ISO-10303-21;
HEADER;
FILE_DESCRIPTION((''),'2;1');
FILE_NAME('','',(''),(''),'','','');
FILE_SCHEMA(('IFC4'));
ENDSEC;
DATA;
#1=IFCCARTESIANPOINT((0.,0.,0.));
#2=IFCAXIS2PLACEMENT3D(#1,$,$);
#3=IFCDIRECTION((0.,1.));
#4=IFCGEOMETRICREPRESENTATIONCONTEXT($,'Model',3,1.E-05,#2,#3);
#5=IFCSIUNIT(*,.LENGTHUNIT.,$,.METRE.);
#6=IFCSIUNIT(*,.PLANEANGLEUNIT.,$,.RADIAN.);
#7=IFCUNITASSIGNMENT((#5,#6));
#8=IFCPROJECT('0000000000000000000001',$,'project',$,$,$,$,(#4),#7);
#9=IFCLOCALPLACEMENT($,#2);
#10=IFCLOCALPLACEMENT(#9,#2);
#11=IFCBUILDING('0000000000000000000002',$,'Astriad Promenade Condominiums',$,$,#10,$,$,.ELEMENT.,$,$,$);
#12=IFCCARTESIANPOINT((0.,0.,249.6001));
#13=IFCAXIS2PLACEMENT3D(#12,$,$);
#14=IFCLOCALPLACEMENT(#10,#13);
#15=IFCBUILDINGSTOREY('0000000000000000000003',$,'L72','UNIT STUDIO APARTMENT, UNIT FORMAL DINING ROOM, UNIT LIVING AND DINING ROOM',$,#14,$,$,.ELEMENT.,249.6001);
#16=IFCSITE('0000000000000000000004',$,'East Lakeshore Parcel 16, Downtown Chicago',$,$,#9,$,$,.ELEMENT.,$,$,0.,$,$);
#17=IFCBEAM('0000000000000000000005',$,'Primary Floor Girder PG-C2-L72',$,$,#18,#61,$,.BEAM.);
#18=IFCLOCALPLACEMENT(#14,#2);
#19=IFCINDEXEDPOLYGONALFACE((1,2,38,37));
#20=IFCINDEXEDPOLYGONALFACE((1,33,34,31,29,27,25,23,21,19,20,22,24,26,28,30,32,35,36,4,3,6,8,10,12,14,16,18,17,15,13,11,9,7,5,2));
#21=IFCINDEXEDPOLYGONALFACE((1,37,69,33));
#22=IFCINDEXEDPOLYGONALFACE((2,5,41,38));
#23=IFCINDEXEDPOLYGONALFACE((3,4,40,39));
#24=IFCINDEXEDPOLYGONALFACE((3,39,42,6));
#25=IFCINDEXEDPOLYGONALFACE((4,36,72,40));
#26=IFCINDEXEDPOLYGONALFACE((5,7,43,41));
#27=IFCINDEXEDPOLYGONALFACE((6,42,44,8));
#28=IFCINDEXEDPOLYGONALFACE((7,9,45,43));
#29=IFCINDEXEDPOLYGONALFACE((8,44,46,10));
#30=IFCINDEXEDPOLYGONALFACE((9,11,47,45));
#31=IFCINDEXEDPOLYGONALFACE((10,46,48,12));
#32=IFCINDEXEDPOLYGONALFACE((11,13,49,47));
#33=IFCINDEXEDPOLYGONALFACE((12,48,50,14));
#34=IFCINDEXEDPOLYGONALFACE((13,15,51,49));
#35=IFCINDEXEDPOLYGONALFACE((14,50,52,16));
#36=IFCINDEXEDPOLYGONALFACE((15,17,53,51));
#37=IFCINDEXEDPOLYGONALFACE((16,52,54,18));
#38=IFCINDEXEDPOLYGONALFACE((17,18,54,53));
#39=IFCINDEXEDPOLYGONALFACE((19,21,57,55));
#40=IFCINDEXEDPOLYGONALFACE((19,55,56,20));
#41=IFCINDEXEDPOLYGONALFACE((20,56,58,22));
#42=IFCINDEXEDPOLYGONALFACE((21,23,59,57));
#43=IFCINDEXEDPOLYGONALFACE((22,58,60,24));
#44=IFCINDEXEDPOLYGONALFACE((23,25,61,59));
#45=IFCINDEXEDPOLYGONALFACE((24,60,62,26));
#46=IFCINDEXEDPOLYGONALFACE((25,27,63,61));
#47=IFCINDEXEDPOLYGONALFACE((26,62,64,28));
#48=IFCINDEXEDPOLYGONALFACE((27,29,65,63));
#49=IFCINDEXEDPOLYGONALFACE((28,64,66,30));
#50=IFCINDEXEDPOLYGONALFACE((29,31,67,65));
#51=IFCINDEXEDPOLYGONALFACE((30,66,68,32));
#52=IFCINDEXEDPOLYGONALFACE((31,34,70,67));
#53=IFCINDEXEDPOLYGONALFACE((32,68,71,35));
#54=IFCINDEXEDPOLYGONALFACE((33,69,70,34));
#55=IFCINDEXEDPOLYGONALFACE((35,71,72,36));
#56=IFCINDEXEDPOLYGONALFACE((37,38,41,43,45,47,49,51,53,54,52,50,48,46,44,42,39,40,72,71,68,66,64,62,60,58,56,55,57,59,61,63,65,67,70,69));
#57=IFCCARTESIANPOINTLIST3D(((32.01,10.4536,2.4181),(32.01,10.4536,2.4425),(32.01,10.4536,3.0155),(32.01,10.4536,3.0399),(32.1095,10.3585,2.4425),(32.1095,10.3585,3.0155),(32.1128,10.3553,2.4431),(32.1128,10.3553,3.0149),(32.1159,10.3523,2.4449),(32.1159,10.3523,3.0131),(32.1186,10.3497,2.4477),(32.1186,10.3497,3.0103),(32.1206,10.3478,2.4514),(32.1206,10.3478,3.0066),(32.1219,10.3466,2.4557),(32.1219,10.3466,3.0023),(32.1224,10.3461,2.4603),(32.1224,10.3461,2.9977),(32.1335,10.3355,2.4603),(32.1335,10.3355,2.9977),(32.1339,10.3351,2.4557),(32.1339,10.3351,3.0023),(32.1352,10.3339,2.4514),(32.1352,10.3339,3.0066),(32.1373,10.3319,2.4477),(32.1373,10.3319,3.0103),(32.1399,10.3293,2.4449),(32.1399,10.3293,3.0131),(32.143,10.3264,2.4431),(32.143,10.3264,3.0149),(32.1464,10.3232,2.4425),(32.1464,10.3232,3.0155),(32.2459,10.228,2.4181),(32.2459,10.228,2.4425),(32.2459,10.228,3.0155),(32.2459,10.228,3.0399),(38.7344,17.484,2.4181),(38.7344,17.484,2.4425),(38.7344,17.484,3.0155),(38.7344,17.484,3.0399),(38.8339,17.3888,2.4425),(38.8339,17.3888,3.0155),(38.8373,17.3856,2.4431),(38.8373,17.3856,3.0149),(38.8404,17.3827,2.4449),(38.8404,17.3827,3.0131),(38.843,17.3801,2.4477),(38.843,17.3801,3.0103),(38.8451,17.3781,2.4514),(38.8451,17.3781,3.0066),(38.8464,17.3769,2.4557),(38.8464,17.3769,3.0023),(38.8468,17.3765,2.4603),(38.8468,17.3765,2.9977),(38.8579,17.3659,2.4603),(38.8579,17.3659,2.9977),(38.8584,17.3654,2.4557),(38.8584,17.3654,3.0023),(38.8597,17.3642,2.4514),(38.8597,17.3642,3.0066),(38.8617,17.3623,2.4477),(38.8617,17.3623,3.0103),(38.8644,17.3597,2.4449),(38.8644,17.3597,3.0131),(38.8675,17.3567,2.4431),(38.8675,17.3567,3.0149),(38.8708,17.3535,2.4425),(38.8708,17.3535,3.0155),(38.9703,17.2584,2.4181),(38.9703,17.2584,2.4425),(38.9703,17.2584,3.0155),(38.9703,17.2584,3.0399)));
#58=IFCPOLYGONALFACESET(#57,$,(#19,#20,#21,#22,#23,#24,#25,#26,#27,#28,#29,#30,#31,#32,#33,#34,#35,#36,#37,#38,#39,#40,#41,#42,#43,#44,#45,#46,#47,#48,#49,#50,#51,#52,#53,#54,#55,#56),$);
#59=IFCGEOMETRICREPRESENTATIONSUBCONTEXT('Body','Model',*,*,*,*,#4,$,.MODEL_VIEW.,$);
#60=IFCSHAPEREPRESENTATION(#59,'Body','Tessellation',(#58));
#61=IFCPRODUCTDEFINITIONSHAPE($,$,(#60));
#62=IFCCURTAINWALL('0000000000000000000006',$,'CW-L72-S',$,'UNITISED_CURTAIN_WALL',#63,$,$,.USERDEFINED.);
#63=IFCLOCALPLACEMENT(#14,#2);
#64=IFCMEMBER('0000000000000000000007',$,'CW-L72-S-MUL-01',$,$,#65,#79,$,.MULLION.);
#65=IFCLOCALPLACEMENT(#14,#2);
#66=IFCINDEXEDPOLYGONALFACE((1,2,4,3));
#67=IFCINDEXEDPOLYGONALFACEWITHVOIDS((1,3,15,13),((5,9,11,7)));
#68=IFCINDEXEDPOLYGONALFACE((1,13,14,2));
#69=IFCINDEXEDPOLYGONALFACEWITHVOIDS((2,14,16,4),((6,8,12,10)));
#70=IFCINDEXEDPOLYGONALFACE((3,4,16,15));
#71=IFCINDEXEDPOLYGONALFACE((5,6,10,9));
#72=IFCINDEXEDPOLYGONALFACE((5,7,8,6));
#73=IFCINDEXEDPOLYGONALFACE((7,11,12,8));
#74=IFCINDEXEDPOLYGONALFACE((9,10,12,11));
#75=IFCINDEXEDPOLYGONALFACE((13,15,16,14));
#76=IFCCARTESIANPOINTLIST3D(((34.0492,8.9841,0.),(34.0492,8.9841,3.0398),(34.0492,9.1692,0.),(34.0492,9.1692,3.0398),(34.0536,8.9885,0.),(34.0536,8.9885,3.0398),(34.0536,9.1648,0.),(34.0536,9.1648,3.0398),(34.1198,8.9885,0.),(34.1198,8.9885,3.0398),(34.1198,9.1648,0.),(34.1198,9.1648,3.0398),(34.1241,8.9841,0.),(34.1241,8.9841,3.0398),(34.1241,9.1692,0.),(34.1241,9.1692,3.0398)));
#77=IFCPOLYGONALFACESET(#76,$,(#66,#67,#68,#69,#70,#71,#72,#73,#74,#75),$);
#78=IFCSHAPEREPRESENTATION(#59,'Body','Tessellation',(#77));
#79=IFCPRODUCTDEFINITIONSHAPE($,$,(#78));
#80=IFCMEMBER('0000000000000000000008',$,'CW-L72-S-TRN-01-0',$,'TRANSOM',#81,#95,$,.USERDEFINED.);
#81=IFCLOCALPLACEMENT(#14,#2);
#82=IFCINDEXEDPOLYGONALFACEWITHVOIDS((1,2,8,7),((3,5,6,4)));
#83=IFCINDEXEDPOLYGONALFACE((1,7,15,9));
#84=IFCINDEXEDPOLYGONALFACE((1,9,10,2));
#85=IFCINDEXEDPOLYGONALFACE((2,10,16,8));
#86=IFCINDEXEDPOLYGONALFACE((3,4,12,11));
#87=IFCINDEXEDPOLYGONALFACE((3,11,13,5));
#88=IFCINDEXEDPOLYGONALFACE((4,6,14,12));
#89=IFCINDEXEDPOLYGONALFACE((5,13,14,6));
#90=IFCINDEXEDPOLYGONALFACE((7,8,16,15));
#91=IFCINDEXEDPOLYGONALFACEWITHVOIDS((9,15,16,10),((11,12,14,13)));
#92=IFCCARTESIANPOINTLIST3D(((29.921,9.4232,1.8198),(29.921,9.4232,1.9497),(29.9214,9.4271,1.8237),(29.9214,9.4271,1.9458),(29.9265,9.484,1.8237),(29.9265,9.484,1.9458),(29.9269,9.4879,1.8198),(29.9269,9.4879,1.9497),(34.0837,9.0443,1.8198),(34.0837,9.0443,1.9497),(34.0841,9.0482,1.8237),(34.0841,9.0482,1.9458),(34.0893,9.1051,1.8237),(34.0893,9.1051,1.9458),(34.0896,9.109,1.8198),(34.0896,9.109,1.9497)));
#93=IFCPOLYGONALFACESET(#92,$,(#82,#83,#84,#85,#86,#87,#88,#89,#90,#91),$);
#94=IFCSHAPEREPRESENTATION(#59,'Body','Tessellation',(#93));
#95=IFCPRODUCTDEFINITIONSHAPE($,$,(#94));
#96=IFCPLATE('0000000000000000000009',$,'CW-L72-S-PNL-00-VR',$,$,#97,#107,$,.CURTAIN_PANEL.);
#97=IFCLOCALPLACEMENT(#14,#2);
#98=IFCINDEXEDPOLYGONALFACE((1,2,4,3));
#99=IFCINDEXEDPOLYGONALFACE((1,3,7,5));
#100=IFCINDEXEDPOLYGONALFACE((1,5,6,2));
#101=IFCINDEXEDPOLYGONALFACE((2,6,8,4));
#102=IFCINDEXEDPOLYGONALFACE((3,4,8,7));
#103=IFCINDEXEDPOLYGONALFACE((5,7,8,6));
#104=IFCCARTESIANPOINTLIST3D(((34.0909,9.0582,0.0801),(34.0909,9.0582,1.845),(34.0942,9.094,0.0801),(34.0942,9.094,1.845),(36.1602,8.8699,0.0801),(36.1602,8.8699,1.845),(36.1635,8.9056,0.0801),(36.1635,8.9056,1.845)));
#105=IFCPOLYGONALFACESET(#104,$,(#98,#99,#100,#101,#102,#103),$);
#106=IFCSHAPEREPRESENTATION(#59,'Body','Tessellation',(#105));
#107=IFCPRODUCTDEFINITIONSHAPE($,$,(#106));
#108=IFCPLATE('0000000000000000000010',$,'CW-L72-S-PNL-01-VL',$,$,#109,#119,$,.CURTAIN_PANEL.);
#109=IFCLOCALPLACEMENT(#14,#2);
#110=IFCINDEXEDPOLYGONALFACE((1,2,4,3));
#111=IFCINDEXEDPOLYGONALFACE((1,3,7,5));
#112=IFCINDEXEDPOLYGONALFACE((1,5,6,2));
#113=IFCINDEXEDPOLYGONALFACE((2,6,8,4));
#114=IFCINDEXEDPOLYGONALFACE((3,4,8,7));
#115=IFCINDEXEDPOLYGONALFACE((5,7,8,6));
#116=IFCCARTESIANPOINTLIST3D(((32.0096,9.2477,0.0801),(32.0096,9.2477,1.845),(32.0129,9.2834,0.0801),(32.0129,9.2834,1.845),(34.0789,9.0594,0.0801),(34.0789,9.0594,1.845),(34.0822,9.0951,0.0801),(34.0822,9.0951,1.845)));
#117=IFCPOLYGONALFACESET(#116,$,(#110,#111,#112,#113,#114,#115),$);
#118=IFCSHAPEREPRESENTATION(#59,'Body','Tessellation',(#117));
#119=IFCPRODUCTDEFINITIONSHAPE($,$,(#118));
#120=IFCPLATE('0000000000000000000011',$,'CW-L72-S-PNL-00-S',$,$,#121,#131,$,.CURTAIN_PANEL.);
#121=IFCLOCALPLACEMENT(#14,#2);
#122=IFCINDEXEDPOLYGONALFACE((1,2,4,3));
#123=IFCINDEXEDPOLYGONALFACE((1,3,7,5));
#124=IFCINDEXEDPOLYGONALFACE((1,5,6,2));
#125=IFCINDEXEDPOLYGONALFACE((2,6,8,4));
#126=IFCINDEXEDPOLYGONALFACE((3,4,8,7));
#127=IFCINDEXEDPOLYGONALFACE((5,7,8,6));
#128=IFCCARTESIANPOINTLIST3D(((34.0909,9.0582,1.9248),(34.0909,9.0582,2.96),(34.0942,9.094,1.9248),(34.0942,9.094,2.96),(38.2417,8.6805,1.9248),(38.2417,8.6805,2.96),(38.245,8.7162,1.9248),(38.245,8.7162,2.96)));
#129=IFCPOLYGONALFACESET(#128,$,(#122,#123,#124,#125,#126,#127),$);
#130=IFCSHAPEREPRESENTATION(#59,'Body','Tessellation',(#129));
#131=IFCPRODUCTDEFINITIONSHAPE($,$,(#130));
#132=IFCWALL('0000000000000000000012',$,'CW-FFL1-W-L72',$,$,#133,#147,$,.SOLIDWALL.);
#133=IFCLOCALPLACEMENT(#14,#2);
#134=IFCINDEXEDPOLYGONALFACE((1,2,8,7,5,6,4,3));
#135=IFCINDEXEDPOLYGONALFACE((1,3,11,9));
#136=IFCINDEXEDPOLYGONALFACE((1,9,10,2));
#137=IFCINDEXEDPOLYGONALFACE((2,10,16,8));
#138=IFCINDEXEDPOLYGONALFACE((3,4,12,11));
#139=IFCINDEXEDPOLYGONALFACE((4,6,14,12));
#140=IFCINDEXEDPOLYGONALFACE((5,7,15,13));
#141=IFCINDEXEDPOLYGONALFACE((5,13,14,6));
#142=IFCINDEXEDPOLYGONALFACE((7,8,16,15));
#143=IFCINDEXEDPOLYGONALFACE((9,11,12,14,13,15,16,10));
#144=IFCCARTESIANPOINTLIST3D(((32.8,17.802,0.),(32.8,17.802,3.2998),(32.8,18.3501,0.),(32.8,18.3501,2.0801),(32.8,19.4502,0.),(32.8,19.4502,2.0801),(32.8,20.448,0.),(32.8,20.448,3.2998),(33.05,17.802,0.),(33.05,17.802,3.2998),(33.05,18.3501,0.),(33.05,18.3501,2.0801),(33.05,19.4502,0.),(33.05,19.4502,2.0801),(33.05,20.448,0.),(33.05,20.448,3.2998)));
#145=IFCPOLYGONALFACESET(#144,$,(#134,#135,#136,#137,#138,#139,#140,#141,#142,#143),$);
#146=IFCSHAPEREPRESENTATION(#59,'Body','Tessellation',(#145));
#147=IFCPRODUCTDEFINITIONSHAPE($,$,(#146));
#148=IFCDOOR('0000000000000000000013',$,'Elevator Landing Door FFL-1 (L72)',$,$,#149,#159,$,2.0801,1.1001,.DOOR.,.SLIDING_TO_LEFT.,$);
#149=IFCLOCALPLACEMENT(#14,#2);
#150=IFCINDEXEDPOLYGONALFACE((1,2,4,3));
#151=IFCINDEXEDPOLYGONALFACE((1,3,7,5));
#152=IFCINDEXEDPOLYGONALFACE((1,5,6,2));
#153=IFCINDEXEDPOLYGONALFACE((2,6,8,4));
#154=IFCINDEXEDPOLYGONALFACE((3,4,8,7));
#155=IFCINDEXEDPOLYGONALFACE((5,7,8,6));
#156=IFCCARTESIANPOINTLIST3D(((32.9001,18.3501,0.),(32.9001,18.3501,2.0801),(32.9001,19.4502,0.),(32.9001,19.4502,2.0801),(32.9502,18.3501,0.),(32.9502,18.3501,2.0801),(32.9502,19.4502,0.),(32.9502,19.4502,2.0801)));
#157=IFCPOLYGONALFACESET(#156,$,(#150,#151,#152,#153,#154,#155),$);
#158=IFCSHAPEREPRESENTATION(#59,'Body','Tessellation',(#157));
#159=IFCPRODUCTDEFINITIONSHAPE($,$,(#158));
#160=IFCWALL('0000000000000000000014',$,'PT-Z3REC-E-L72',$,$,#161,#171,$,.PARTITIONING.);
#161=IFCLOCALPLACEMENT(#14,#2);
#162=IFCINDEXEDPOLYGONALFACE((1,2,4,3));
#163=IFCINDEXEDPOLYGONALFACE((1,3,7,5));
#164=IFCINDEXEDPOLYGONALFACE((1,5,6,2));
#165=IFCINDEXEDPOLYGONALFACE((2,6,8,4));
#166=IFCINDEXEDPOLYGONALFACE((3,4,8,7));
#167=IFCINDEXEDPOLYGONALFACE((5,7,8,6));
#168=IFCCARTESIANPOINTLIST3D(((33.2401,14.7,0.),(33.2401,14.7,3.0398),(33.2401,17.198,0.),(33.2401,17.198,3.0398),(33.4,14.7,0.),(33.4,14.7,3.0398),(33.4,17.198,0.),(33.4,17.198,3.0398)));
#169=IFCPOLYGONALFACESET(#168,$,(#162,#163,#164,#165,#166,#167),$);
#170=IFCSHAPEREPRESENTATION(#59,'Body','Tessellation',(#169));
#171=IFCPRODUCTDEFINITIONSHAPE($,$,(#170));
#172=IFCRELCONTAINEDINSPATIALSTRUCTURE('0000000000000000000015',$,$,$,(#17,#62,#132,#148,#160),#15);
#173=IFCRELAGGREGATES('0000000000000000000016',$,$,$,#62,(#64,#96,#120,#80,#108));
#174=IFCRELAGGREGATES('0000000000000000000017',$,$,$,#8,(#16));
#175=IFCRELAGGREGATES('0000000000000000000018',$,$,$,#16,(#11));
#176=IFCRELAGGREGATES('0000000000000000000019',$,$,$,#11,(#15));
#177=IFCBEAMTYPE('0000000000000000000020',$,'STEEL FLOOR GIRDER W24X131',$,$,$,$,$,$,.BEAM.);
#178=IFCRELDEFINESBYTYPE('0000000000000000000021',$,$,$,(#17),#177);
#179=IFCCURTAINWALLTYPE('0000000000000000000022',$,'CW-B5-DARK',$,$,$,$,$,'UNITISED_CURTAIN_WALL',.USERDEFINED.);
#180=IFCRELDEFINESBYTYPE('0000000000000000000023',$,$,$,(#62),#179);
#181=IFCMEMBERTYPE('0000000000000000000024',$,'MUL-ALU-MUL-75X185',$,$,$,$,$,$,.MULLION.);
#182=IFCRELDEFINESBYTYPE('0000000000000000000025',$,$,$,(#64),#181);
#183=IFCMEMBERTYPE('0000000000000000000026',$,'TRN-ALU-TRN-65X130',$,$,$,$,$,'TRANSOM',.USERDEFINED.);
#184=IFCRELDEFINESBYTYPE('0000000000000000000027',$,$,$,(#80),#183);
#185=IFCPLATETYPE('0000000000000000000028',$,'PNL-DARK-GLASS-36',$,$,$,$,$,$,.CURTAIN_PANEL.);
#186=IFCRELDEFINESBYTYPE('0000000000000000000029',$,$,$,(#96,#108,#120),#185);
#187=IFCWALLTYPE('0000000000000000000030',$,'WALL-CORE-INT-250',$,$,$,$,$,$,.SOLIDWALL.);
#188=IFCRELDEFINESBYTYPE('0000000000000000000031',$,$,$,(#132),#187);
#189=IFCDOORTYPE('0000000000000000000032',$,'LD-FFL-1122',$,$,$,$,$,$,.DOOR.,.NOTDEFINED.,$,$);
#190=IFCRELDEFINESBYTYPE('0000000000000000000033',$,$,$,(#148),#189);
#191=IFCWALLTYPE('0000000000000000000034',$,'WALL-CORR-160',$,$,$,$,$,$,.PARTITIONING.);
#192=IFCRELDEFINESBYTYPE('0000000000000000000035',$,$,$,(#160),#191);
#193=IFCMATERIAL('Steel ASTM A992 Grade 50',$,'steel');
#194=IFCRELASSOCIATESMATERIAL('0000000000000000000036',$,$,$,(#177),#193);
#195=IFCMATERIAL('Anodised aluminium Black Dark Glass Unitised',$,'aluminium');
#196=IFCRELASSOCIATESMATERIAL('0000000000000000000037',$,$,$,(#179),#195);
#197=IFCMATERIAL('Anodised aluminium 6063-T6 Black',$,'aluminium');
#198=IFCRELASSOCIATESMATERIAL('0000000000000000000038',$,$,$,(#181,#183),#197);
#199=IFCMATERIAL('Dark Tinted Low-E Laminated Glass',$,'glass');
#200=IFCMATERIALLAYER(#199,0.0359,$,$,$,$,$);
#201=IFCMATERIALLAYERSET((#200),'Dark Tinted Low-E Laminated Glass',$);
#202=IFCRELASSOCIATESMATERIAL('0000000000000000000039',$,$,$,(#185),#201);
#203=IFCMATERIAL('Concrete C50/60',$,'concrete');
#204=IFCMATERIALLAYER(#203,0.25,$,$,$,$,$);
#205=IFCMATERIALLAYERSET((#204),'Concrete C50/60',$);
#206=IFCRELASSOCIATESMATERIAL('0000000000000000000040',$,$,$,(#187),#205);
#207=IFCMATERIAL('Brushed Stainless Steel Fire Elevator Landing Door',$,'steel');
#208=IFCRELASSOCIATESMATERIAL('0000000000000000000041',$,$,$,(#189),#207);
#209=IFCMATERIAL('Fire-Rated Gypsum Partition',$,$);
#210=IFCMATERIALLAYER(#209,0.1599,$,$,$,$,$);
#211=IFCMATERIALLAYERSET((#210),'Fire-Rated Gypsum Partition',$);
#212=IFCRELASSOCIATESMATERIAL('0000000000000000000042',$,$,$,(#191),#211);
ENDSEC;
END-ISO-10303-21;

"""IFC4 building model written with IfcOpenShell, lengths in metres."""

from ifc_helpers import new_model, si_unit, direction, frame, frame_2d, origin, origin_2d, place, context, subcontext, project, spatial, rectangle, hollow_rectangle, i_section, extrude, source, transform, mapped, material, layer, layer_set, material_profile, profile_set, type_object, type_shapes, element, fill, aggregate, save


model = new_model("IFC4")

# Units and contexts
model_context = context("Model", 3, precision=1e-05, world=origin(), true_north=direction((0.0, 1.0)))
body_context = subcontext(model_context, "Body", "Model", "MODEL_VIEW")
ifc_project = project(units=[si_unit("LENGTHUNIT", "METRE"), si_unit("PLANEANGLEUNIT", "RADIAN")], contexts=[model_context])

# Site, building, storey
site_placement = place(None, origin())
site = spatial("IfcSite", under=ifc_project, at=site_placement, Name="East Lakeshore Parcel 16, Downtown Chicago", CompositionType="ELEMENT", RefElevation=0.0)
building_placement = place(site_placement, origin())
building = spatial("IfcBuilding", under=site, at=building_placement, Name="Astriad Promenade Condominiums", CompositionType="ELEMENT")
storey_placement = place(building_placement, frame((0.0, 0.0, 249.6001)))
storey = spatial("IfcBuildingStorey", under=building, at=storey_placement, Name="L72", Description="UNIT STUDIO APARTMENT, UNIT FORMAL DINING ROOM, UNIT LIVING AND DINING ROOM", CompositionType="ELEMENT", Elevation=249.6001)

# Shared definitions
ifc_material_1 = material(Name="Steel ASTM A992 Grade 50", Category="steel")
ifc_material_2 = material(Name="Concrete C50/60", Category="concrete")

# Beam
ifc_material_profile_1 = material_profile(ifc_material_1, i_section(OverallWidth=0.3264, OverallDepth=0.6218, WebThickness=0.0154, FlangeThickness=0.0244, FilletRadius=0.0178, at=origin_2d()), Name="W24X131")
ifc_profile_set_1 = profile_set([ifc_material_profile_1], Name="Steel ASTM A992 Grade 50")
beam_type_1 = type_object("IfcBeamType", Name="STEEL FLOOR GIRDER W24X131", PredefinedType="BEAM", material=ifc_profile_set_1)
shared_shape_1 = source(origin(), body_context, "Body", "SweptSolid", [
    extrude(i_section(OverallWidth=0.3264, OverallDepth=0.6218, WebThickness=0.0154, FlangeThickness=0.0244, FilletRadius=0.0178, at=origin_2d()), origin(), (0.0, 0.0, 1.0), 9.7285),
])
beam_1_placement = place(storey_placement, frame((32.1279, 10.3408, 2.729), z_axis=(0.69121, 0.722654, 0.0), x_axis=(-0.722654, 0.69121, 0.0)))
element("IfcBeam", 1, at=beam_1_placement, inside=storey, type_object=beam_type_1, Name="Primary Floor Girder PG-C2-L72", PredefinedType="BEAM", context=body_context, shape_type="MappedRepresentation", body=[
    mapped(shared_shape_1, transform((0.0, 0.0, 0.0), scale=1.0)),
])

# Curtain wall, members, plates
ifc_material_3 = material(Name="Anodised aluminium Black Dark Glass Unitised", Category="aluminium")
curtain_wall_type = type_object("IfcCurtainWallType", Name="CW-B5-DARK", ElementType="UNITISED_CURTAIN_WALL", PredefinedType="USERDEFINED", material=ifc_material_3)
curtain_wall_placement = place(storey_placement, origin())
curtain_wall = element("IfcCurtainWall", 2, at=curtain_wall_placement, inside=storey, type_object=curtain_wall_type, Name="CW-L72-S", ObjectType="UNITISED_CURTAIN_WALL", PredefinedType="USERDEFINED")
ifc_material_4 = material(Name="Anodised aluminium 6063-T6 Black", Category="aluminium")
ifc_material_profile_2 = material_profile(ifc_material_4, hollow_rectangle(XDim=0.075, YDim=0.1851, WallThickness=0.0044, at=origin_2d()), Name="ALU-MUL-75X185")
ifc_profile_set_2 = profile_set([ifc_material_profile_2], Name="Anodised aluminium 6063-T6 Black")
member_type_1 = type_object("IfcMemberType", Name="MUL-ALU-MUL-75X185", PredefinedType="MULLION", material=ifc_profile_set_2)
shared_shape_2 = source(origin(), body_context, "Body", "SweptSolid", [
    extrude(hollow_rectangle(XDim=0.075, YDim=0.1851, WallThickness=0.0044, at=origin_2d()), origin(), (0.0, 0.0, 1.0), 3.0398),
])
type_shapes(member_type_1, [shared_shape_2])
member_1_placement = place(storey_placement, frame((34.0867, 9.0767, 0.0), z_axis=(0.0, 0.0, 1.0), x_axis=(1.0, 0.0, 0.0)))
member_1 = element("IfcMember", 3, at=member_1_placement, type_object=member_type_1, Name="CW-L72-S-MUL-01", PredefinedType="MULLION", context=body_context, shape_type="MappedRepresentation", body=[
    mapped(shared_shape_2, transform((0.0, 0.0, 0.0), scale=1.0)),
])
ifc_material_profile_3 = material_profile(ifc_material_4, hollow_rectangle(XDim=0.0649, YDim=0.1299, WallThickness=0.0039, at=origin_2d()), Name="ALU-TRN-65X130")
ifc_profile_set_3 = profile_set([ifc_material_profile_3], Name="Anodised aluminium 6063-T6 Black")
member_type_2 = type_object("IfcMemberType", Name="TRN-ALU-TRN-65X130", ElementType="TRANSOM", PredefinedType="USERDEFINED", material=ifc_profile_set_3)
shared_shape_3 = source(origin(), body_context, "Body", "SweptSolid", [
    extrude(hollow_rectangle(XDim=0.0649, YDim=0.1299, WallThickness=0.0039, at=origin_2d()), origin(), (0.0, 0.0, 1.0), 4.1799),
])
type_shapes(member_type_2, [shared_shape_3])
member_2_placement = place(storey_placement, frame((34.0867, 9.0767, 1.8848), z_axis=(-0.995883, 0.090646, 0.0), x_axis=(-0.090646, -0.995883, 0.0)))
member_2 = element("IfcMember", 4, at=member_2_placement, type_object=member_type_2, Name="CW-L72-S-TRN-01-0", ObjectType="TRANSOM", PredefinedType="USERDEFINED", context=body_context, shape_type="MappedRepresentation", body=[
    mapped(shared_shape_3, transform((0.0, 0.0, 0.0), scale=1.0)),
])
ifc_material_5 = material(Name="Dark Tinted Low-E Laminated Glass", Category="glass")
ifc_layer_1 = layer(ifc_material_5, 0.0359)
ifc_layer_set_1 = layer_set([ifc_layer_1], Name="Dark Tinted Low-E Laminated Glass")
plate_type = type_object("IfcPlateType", Name="PNL-DARK-GLASS-36", PredefinedType="CURTAIN_PANEL", material=ifc_layer_set_1)
shared_shape_4 = source(origin(), body_context, "Body", "SweptSolid", [
    extrude(rectangle(XDim=2.0779, YDim=0.0359, at=origin_2d()), origin(), (0.0, 0.0, 1.0), 1.7649),
])
plate_1_placement = place(storey_placement, frame((35.1272, 8.9819, 0.0801), z_axis=(0.0, 0.0, 1.0), x_axis=(-0.995884, 0.090633, 0.0)))
plate_1 = element("IfcPlate", 5, at=plate_1_placement, type_object=plate_type, Name="CW-L72-S-PNL-00-VR", PredefinedType="CURTAIN_PANEL", context=body_context, shape_type="MappedRepresentation", body=[
    mapped(shared_shape_4, transform((0.0, 0.0, 0.0), scale=1.0)),
])
plate_2_placement = place(storey_placement, frame((33.0459, 9.1714, 0.0801), z_axis=(0.0, 0.0, 1.0), x_axis=(-0.995884, 0.090633, 0.0)))
plate_2 = element("IfcPlate", 6, at=plate_2_placement, type_object=plate_type, Name="CW-L72-S-PNL-01-VL", PredefinedType="CURTAIN_PANEL", context=body_context, shape_type="MappedRepresentation", body=[
    mapped(shared_shape_4, transform((0.0, 0.0, 0.0), scale=1.0)),
])
shared_shape_5 = source(origin(), body_context, "Body", "SweptSolid", [
    extrude(rectangle(XDim=4.168, YDim=0.0359, at=origin_2d()), origin(), (0.0, 0.0, 1.0), 1.0352),
])
type_shapes(plate_type, [shared_shape_4, shared_shape_5])
plate_3_placement = place(storey_placement, frame((36.168, 8.8872, 1.9248), z_axis=(0.0, 0.0, 1.0), x_axis=(-0.995884, 0.090633, 0.0)))
plate_3 = element("IfcPlate", 7, at=plate_3_placement, type_object=plate_type, Name="CW-L72-S-PNL-00-S", PredefinedType="CURTAIN_PANEL", context=body_context, shape_type="MappedRepresentation", body=[
    mapped(shared_shape_5, transform((0.0, 0.0, 0.0), scale=1.0)),
])
aggregate(curtain_wall, [member_1, plate_1, plate_3, member_2, plate_2])

# Wall, opening, door
ifc_layer_2 = layer(ifc_material_2, 0.25)
ifc_layer_set_2 = layer_set([ifc_layer_2], Name="Concrete C50/60")
wall_type_1 = type_object("IfcWallType", Name="WALL-CORE-INT-250", PredefinedType="SOLIDWALL", material=ifc_layer_set_2)
wall_1_placement = place(storey_placement, frame((32.925, 17.802, 0.0), z_axis=(0.0, 0.0, 1.0), x_axis=(0.0, 1.0, 0.0)))
wall_1 = element("IfcWall", 8, at=wall_1_placement, inside=storey, type_object=wall_type_1, Name="CW-FFL1-W-L72", PredefinedType="SOLIDWALL", context=body_context, shape_type="SweptSolid", body=[
    extrude(rectangle(XDim=2.646, YDim=0.25, at=frame_2d((1.323, 0.0))), origin(), (0.0, 0.0, 1.0), 3.2998),
])
opening_placement = place(wall_1_placement, frame((0.5481, 0.0, 0.0)))
opening = element("IfcOpeningElement", 9, at=opening_placement, cuts=wall_1, PredefinedType="OPENING", context=body_context, shape_type="SweptSolid", body=[
    extrude(rectangle(XDim=1.1001, YDim=2.0801, at=frame_2d((0.55, 1.04))), frame((0.0, 0.135, 0.0), z_axis=(0.0, -1.0, 0.0), x_axis=(1.0, 0.0, 0.0)), (0.0, 0.0, 1.0), 0.27),
])
ifc_material_6 = material(Name="Brushed Stainless Steel Fire Elevator Landing Door", Category="steel")
door_type = type_object("IfcDoorType", Name="LD-FFL-1122", OperationType="NOTDEFINED", PredefinedType="DOOR", material=ifc_material_6)
shared_shape_6 = source(origin(), body_context, "Body", "SweptSolid", [
    extrude(rectangle(XDim=1.1001, YDim=2.0801, at=frame_2d((0.55, 1.04))), frame((0.0, 0.0249, 0.0), z_axis=(0.0, -1.0, 0.0), x_axis=(1.0, 0.0, 0.0)), (0.0, 0.0, 1.0), 0.05),
])
type_shapes(door_type, [shared_shape_6])
door_placement = place(opening_placement, origin())
door = element("IfcDoor", 10, at=door_placement, inside=storey, type_object=door_type, Name="Elevator Landing Door FFL-1 (L72)", OperationType="SLIDING_TO_LEFT", OverallHeight=2.0801, OverallWidth=1.1001, PredefinedType="DOOR", context=body_context, shape_type="MappedRepresentation", body=[
    mapped(shared_shape_6, transform((0.0, 0.0, 0.0), scale=1.0)),
])
fill(opening, door)

# Wall
ifc_material_7 = material(Name="Fire-Rated Gypsum Partition")
ifc_layer_3 = layer(ifc_material_7, 0.1599)
ifc_layer_set_3 = layer_set([ifc_layer_3], Name="Fire-Rated Gypsum Partition")
wall_type_2 = type_object("IfcWallType", Name="WALL-CORR-160", PredefinedType="PARTITIONING", material=ifc_layer_set_3)
wall_2_placement = place(storey_placement, frame((33.3201, 14.7, 0.0), z_axis=(0.0, 0.0, 1.0), x_axis=(0.0, 1.0, 0.0)))
element("IfcWall", 11, at=wall_2_placement, inside=storey, type_object=wall_type_2, Name="PT-Z3REC-E-L72", PredefinedType="PARTITIONING", context=body_context, shape_type="SweptSolid", body=[
    extrude(rectangle(XDim=2.498, YDim=0.1599, at=frame_2d((1.249, 0.0))), origin(), (0.0, 0.0, 1.0), 3.0398),
])

save(model, "model.ifc")
